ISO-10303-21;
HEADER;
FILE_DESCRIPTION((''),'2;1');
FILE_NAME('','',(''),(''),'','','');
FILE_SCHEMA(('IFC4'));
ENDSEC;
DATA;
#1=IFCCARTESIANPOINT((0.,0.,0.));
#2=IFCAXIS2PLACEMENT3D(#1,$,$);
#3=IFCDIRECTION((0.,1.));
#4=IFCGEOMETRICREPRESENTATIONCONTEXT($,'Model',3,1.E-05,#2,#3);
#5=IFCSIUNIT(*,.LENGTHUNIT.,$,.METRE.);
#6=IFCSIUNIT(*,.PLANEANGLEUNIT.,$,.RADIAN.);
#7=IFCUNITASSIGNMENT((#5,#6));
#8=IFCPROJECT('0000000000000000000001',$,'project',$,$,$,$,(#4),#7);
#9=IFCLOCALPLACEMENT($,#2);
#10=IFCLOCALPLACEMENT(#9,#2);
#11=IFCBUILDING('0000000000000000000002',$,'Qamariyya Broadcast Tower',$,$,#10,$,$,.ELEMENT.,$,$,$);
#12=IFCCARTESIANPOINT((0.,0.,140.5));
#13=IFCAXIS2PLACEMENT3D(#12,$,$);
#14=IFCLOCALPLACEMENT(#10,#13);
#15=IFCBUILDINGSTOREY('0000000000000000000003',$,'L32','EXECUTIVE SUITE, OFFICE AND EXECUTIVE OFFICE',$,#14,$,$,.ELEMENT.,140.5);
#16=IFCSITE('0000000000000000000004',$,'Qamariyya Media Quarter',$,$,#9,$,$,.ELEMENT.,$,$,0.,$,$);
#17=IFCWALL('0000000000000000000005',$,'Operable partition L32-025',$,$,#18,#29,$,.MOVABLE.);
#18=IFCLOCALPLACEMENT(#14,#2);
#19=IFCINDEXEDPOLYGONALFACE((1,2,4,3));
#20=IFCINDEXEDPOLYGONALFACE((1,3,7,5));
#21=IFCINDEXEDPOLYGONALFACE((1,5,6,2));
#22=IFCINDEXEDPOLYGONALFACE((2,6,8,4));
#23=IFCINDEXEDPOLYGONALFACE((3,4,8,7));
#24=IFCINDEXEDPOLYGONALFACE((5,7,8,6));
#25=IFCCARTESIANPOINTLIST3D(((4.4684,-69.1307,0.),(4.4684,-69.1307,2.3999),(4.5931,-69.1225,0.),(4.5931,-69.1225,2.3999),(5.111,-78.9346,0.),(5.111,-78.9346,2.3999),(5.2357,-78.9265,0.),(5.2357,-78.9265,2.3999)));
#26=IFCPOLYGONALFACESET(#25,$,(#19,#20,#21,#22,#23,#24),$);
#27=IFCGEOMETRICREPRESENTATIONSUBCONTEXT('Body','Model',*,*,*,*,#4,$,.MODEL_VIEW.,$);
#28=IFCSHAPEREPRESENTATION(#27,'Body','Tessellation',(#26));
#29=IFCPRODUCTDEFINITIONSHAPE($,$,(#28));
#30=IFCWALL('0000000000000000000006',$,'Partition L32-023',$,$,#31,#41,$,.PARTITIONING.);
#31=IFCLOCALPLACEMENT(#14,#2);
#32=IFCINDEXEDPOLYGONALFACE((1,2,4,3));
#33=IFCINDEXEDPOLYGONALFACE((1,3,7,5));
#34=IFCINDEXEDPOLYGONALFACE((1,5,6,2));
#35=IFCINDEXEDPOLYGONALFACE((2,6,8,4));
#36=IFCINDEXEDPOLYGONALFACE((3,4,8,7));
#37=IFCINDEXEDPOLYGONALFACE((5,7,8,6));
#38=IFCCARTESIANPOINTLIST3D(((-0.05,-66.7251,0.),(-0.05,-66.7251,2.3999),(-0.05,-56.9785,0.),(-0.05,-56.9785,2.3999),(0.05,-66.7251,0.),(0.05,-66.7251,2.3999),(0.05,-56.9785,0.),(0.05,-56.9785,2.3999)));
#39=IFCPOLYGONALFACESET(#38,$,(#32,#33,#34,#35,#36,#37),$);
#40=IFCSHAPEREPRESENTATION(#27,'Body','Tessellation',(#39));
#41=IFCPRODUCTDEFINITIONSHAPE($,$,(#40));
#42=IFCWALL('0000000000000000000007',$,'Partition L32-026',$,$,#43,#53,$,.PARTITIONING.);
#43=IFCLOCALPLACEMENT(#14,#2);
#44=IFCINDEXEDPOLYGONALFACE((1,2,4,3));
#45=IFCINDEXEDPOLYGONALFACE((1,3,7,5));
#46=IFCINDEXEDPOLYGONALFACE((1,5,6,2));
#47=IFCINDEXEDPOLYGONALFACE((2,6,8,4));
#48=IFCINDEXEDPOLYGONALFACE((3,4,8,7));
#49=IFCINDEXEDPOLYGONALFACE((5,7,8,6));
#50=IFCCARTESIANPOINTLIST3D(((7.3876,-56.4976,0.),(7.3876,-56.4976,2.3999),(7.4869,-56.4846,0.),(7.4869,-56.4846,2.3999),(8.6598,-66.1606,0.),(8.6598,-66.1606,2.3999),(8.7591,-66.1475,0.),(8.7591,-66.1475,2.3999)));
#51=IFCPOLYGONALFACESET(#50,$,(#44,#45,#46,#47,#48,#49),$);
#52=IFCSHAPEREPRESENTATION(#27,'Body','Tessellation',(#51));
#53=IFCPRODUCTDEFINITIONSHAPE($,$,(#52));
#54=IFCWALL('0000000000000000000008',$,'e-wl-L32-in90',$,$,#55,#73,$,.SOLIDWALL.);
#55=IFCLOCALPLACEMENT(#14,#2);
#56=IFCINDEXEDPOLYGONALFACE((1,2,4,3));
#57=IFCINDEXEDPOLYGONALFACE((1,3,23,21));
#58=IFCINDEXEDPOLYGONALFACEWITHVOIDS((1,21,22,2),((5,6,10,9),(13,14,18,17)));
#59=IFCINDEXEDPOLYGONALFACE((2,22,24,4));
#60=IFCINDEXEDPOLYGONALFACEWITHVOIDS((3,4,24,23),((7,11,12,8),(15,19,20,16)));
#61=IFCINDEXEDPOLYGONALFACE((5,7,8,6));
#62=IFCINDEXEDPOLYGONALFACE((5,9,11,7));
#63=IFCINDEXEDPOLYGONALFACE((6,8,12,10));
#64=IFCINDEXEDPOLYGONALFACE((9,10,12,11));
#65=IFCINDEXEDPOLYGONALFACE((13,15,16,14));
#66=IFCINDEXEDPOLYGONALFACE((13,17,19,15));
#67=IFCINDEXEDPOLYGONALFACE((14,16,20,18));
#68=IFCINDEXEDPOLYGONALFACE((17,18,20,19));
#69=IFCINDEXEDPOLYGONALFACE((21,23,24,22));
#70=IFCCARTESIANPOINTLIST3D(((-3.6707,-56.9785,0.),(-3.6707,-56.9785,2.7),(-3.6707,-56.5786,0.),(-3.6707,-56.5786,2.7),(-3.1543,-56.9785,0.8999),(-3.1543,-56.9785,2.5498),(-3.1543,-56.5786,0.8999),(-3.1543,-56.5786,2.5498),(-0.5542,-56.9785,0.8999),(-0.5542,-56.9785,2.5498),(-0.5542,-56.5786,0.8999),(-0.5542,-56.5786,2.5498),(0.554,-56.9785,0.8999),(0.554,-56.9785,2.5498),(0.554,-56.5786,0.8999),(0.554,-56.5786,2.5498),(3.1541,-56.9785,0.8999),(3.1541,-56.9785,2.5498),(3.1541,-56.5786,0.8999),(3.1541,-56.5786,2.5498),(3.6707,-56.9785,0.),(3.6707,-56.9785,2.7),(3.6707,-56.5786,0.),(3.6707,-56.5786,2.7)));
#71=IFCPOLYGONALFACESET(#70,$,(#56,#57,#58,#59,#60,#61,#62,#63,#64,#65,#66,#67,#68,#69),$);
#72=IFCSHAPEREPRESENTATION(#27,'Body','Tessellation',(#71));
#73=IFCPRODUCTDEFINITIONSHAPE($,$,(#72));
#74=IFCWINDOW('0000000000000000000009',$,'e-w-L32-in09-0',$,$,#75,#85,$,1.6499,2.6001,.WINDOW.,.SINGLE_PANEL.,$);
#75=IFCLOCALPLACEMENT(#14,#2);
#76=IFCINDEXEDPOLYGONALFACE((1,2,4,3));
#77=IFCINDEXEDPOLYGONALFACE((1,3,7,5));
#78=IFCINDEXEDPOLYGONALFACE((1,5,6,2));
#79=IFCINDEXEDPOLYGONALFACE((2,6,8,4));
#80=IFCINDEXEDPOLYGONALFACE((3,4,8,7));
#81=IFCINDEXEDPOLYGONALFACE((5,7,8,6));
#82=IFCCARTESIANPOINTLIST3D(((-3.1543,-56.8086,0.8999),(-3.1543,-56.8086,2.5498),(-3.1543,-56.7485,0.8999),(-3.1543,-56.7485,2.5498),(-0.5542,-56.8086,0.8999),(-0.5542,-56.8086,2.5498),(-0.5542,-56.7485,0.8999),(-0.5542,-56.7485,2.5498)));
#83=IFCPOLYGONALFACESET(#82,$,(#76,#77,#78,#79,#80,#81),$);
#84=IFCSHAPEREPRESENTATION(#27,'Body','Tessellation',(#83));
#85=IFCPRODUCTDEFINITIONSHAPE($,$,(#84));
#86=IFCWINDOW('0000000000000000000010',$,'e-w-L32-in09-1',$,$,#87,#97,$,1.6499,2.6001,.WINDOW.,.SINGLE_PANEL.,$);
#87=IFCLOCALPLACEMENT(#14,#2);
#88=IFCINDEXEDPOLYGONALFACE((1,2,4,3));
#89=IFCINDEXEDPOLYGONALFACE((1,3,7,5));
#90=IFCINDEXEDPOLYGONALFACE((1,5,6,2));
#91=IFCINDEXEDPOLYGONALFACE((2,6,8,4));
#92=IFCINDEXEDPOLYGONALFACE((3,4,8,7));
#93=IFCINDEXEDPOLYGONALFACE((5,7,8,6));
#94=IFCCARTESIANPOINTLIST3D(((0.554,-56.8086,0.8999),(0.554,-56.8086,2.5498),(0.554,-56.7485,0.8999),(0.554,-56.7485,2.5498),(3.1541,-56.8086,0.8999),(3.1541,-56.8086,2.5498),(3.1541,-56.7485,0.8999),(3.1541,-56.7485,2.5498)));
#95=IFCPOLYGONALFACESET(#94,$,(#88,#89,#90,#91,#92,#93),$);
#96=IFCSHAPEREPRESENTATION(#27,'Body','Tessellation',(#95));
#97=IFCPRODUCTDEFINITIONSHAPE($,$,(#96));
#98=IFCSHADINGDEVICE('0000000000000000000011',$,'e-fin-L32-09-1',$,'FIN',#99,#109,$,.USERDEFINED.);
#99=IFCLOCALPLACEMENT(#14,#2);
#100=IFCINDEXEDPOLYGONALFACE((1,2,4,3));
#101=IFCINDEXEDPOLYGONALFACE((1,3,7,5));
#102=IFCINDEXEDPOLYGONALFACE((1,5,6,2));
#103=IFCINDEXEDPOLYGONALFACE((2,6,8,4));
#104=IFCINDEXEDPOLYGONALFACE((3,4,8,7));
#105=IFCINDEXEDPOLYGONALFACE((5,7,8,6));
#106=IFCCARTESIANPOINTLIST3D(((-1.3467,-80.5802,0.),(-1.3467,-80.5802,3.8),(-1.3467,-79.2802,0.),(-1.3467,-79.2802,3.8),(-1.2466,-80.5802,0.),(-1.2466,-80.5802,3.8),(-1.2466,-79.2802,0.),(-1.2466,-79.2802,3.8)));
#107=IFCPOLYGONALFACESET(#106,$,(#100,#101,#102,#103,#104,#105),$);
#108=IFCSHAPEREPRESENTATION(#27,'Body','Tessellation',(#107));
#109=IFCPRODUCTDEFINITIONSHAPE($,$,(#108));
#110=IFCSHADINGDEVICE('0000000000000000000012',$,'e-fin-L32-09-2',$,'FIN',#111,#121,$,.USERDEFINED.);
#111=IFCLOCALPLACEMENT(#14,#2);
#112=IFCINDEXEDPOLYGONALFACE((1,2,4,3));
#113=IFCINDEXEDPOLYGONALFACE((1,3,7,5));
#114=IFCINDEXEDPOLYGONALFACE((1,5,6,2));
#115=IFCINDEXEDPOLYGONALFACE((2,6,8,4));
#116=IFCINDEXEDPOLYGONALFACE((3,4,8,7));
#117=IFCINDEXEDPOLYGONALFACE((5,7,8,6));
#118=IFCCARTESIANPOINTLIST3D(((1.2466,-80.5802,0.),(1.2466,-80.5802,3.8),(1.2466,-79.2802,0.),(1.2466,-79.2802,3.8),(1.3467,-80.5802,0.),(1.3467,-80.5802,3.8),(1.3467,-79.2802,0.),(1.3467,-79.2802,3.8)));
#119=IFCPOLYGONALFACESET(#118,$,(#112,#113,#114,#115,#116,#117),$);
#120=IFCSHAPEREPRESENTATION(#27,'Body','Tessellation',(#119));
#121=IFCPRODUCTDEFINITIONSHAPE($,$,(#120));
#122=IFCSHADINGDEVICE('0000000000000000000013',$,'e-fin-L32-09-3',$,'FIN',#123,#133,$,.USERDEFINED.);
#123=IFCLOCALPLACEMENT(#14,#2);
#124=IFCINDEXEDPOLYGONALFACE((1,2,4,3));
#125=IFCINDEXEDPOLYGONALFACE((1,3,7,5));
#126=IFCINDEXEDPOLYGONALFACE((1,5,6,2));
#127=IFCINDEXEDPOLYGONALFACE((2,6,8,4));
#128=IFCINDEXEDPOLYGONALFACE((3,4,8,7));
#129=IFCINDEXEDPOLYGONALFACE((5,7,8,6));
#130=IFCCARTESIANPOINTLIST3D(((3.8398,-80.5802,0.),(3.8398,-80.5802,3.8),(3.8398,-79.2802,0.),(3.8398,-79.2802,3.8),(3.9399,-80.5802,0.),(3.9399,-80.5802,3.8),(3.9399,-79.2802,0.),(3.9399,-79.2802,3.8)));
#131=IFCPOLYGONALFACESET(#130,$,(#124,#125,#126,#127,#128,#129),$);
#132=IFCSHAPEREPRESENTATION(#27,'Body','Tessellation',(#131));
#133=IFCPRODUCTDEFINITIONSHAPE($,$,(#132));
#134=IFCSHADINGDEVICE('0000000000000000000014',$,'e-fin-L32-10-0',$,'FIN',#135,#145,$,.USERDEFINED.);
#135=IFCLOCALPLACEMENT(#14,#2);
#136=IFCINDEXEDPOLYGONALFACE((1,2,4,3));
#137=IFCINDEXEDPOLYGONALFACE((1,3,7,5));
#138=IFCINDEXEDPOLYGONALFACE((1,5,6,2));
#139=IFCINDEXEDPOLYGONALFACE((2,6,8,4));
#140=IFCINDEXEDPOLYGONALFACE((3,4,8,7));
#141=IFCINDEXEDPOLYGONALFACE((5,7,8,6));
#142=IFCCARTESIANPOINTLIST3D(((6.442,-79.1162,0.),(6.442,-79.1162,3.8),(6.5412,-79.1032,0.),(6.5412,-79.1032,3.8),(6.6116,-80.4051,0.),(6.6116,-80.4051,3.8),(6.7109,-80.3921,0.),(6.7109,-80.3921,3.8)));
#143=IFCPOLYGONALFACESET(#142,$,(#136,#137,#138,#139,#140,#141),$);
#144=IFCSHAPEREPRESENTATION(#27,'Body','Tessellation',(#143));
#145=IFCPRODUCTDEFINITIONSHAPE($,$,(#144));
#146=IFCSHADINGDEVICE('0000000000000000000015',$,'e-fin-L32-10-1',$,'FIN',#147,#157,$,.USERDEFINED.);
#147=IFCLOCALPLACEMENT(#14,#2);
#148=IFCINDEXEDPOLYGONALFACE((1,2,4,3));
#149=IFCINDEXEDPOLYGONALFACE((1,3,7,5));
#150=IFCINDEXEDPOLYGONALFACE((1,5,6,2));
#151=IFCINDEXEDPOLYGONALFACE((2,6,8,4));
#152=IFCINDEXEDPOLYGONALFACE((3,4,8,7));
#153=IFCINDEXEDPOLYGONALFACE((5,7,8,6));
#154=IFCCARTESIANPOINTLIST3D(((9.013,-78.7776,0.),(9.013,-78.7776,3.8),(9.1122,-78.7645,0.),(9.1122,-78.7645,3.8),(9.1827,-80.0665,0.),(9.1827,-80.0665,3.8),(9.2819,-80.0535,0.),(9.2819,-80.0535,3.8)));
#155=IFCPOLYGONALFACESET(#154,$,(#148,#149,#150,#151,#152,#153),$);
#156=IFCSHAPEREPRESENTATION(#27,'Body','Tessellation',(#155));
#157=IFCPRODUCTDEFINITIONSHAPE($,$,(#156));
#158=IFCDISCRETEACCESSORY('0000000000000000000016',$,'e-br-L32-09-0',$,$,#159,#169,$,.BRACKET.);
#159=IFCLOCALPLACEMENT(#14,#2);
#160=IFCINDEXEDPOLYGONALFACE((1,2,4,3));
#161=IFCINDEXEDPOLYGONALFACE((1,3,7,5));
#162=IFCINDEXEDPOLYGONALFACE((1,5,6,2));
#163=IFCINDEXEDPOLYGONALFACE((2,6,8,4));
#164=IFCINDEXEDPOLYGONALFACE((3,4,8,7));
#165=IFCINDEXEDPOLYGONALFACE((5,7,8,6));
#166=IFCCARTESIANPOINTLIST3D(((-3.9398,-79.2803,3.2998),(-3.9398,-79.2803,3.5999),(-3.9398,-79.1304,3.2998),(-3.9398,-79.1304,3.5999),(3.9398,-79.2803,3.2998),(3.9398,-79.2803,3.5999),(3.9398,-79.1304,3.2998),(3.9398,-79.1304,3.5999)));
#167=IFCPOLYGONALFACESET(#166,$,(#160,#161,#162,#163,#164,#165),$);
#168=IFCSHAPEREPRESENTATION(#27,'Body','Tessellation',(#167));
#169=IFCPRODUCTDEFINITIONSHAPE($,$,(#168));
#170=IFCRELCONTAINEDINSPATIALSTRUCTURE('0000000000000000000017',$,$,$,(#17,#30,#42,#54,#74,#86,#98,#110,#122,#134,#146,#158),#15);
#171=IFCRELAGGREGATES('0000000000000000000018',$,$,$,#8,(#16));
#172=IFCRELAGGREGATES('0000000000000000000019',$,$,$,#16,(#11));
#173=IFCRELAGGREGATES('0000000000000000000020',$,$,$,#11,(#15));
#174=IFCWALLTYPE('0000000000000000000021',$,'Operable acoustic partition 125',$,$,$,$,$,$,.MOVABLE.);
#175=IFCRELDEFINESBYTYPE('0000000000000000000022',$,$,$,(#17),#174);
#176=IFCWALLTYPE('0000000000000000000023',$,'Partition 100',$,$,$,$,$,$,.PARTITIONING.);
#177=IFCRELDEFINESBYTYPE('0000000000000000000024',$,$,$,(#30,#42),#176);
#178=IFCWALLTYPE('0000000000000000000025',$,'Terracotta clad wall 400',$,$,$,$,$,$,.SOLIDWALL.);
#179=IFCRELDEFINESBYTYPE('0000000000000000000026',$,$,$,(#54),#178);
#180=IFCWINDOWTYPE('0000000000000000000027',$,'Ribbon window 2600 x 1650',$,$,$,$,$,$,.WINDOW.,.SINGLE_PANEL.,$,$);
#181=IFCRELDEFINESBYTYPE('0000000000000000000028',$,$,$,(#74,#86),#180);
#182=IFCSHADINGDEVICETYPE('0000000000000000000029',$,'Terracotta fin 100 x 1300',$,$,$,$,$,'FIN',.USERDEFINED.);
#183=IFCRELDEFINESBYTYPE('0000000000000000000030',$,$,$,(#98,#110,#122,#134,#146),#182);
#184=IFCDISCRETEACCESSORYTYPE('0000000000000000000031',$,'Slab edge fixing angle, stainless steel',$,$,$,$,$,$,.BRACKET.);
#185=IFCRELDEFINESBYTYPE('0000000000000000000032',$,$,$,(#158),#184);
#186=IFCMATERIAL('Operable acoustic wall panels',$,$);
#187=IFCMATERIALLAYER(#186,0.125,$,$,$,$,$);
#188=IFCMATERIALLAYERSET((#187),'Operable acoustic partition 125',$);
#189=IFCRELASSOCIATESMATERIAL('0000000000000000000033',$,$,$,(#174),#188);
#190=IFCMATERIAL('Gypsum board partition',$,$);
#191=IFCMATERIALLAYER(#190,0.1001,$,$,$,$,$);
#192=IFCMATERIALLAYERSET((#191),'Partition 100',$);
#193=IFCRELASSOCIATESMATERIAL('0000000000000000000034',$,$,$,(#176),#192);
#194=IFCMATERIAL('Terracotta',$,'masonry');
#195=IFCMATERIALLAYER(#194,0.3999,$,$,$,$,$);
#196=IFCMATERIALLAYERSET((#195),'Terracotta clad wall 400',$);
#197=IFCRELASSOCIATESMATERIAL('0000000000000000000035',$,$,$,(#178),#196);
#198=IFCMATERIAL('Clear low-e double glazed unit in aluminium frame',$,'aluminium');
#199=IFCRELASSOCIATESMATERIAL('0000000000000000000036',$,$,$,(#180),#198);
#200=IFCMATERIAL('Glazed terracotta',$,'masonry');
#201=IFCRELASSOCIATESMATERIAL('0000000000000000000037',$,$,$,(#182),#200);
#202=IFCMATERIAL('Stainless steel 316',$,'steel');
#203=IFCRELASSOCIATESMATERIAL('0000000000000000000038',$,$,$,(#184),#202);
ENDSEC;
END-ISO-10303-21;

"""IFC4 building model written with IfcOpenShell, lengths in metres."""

from ifc_helpers import new_model, si_unit, direction, frame, frame_2d, origin, origin_2d, place, context, subcontext, project, spatial, rectangle, extrude, material, layer, layer_set, material_profile, profile_set, type_object, element, fill, save


model = new_model("IFC4")

# Units and contexts
model_context = context("Model", 3, precision=1e-05, world=origin(), true_north=direction((0.0, 1.0)))
body_context = subcontext(model_context, "Body", "Model", "MODEL_VIEW")
ifc_project = project(units=[si_unit("LENGTHUNIT", "METRE"), si_unit("PLANEANGLEUNIT", "RADIAN")], contexts=[model_context])

# Site, building, storey
site_placement = place(None, origin())
site = spatial("IfcSite", under=ifc_project, at=site_placement, Name="Qamariyya Media Quarter", CompositionType="ELEMENT", RefElevation=0.0)
building_placement = place(site_placement, origin())
building = spatial("IfcBuilding", under=site, at=building_placement, Name="Qamariyya Broadcast Tower", CompositionType="ELEMENT")
storey_placement = place(building_placement, frame((0.0, 0.0, 140.5)))
storey = spatial("IfcBuildingStorey", under=building, at=storey_placement, Name="L32", Description="EXECUTIVE SUITE, OFFICE AND EXECUTIVE OFFICE", CompositionType="ELEMENT", Elevation=140.5)

# Shared definitions
ifc_material_1 = material(Name="Gypsum board partition")

# Walls
ifc_material_2 = material(Name="Operable acoustic wall panels")
ifc_layer_1 = layer(ifc_material_2, 0.125)
ifc_layer_set_1 = layer_set([ifc_layer_1], Name="Operable acoustic partition 125")
wall_type_1 = type_object("IfcWallType", Name="Operable acoustic partition 125", PredefinedType="MOVABLE", material=ifc_layer_set_1)
wall_1_placement = place(storey_placement, frame((5.1733, -78.9307, 0.0), z_axis=(0.0, 0.0, 1.0), x_axis=(-0.065402, 0.997859, 0.0)))
element("IfcWall", 1, at=wall_1_placement, inside=storey, type_object=wall_type_1, Name="Operable partition L32-025", PredefinedType="MOVABLE", context=body_context, shape_type="SweptSolid", body=[
    extrude(rectangle(XDim=9.825, YDim=0.125, at=frame_2d((4.9126, 0.0))), origin(), (0.0, 0.0, 1.0), 2.3999),
])
ifc_layer_2 = layer(ifc_material_1, 0.1001)
ifc_layer_set_2 = layer_set([ifc_layer_2], Name="Partition 100")
wall_type_2 = type_object("IfcWallType", Name="Partition 100", PredefinedType="PARTITIONING", material=ifc_layer_set_2)
wall_2_placement = place(storey_placement, frame((0.0, -56.9785, 0.0), z_axis=(0.0, 0.0, 1.0), x_axis=(0.0, -1.0, 0.0)))
element("IfcWall", 2, at=wall_2_placement, inside=storey, type_object=wall_type_2, Name="Partition L32-023", PredefinedType="PARTITIONING", context=body_context, shape_type="SweptSolid", body=[
    extrude(rectangle(XDim=9.7466, YDim=0.1001, at=frame_2d((4.8733, 0.0))), origin(), (0.0, 0.0, 1.0), 2.3999),
])
wall_3_placement = place(storey_placement, frame((7.4373, -56.4912, 0.0), z_axis=(0.0, 0.0, 1.0), x_axis=(0.130534, -0.991444, 0.0)))
element("IfcWall", 3, at=wall_3_placement, inside=storey, type_object=wall_type_2, Name="Partition L32-026", PredefinedType="PARTITIONING", context=body_context, shape_type="SweptSolid", body=[
    extrude(rectangle(XDim=9.7463, YDim=0.1001, at=frame_2d((4.873, 0.0))), origin(), (0.0, 0.0, 1.0), 2.3999),
])

# Wall, openings, windows
ifc_material_3 = material(Name="Terracotta", Category="masonry")
ifc_layer_3 = layer(ifc_material_3, 0.3999)
ifc_layer_set_3 = layer_set([ifc_layer_3], Name="Terracotta clad wall 400")
wall_type_3 = type_object("IfcWallType", Name="Terracotta clad wall 400", PredefinedType="SOLIDWALL", material=ifc_layer_set_3)
wall_4_placement = place(storey_placement, frame((3.6707, -56.7786, 0.0), z_axis=(0.0, 0.0, 1.0), x_axis=(-1.0, 0.0, 0.0)))
wall_4 = element("IfcWall", 4, at=wall_4_placement, inside=storey, type_object=wall_type_3, Name="e-wl-L32-in90", PredefinedType="SOLIDWALL", context=body_context, shape_type="SweptSolid", body=[
    extrude(rectangle(XDim=7.3413, YDim=0.3999, at=frame_2d((3.6707, 0.0))), origin(), (0.0, 0.0, 1.0), 2.7),
])
opening_1_placement = place(wall_4_placement, frame((4.2249, 0.0, 0.8999)))
opening_1 = element("IfcOpeningElement", 5, at=opening_1_placement, cuts=wall_4, PredefinedType="OPENING", context=body_context, shape_type="SweptSolid", body=[
    extrude(rectangle(XDim=2.6001, YDim=1.6499, at=frame_2d((1.3, 0.825))), frame((0.0, 0.21, 0.0), z_axis=(0.0, -1.0, 0.0), x_axis=(1.0, 0.0, 0.0)), (0.0, 0.0, 1.0), 0.4199),
])
opening_2_placement = place(wall_4_placement, frame((0.5166, 0.0, 0.8999)))
opening_2 = element("IfcOpeningElement", 6, at=opening_2_placement, cuts=wall_4, PredefinedType="OPENING", context=body_context, shape_type="SweptSolid", body=[
    extrude(rectangle(XDim=2.6001, YDim=1.6499, at=frame_2d((1.3, 0.825))), frame((0.0, 0.21, 0.0), z_axis=(0.0, -1.0, 0.0), x_axis=(1.0, 0.0, 0.0)), (0.0, 0.0, 1.0), 0.4199),
])
ifc_material_4 = material(Name="Clear low-e double glazed unit in aluminium frame", Category="aluminium")
window_type = type_object("IfcWindowType", Name="Ribbon window 2600 x 1650", PartitioningType="SINGLE_PANEL", PredefinedType="WINDOW", material=ifc_material_4)
window_1_placement = place(opening_1_placement, origin())
window_1 = element("IfcWindow", 7, at=window_1_placement, inside=storey, type_object=window_type, Name="e-w-L32-in09-0", OverallHeight=1.6499, OverallWidth=2.6001, PartitioningType="SINGLE_PANEL", PredefinedType="WINDOW", context=body_context, shape_type="SweptSolid", body=[
    extrude(rectangle(XDim=2.6001, YDim=1.6499, at=frame_2d((1.3, 0.825))), frame((0.0, 0.03, 0.0), z_axis=(0.0, -1.0, 0.0), x_axis=(1.0, 0.0, 0.0)), (0.0, 0.0, 1.0), 0.0601),
])
fill(opening_1, window_1)
window_2_placement = place(opening_2_placement, origin())
window_2 = element("IfcWindow", 8, at=window_2_placement, inside=storey, type_object=window_type, Name="e-w-L32-in09-1", OverallHeight=1.6499, OverallWidth=2.6001, PartitioningType="SINGLE_PANEL", PredefinedType="WINDOW", context=body_context, shape_type="SweptSolid", body=[
    extrude(rectangle(XDim=2.6001, YDim=1.6499, at=frame_2d((1.3, 0.825))), frame((0.0, 0.03, 0.0), z_axis=(0.0, -1.0, 0.0), x_axis=(1.0, 0.0, 0.0)), (0.0, 0.0, 1.0), 0.0601),
])
fill(opening_2, window_2)

# Shading devices
ifc_material_5 = material(Name="Glazed terracotta", Category="masonry")
ifc_material_profile_1 = material_profile(ifc_material_5, rectangle(XDim=1.3, YDim=0.1001, at=origin_2d()))
ifc_profile_set_1 = profile_set([ifc_material_profile_1], Name="Glazed terracotta")
shading_device_type_1 = type_object("IfcShadingDeviceType", Name="Terracotta fin 100 x 1300", ElementType="FIN", PredefinedType="USERDEFINED", material=ifc_profile_set_1)
for number, where, z_axis, x_axis, name in (
    (9, (-1.2966, -79.9302, 0.0), (0.0, 0.0, 1.0), (0.0, -1.0, 0.0), "e-fin-L32-09-1"),
    (10, (1.2966, -79.9302, 0.0), (0.0, 0.0, 1.0), (0.0, -1.0, 0.0), "e-fin-L32-09-2"),
    (11, (3.8899, -79.9302, 0.0), (0.0, 0.0, 1.0), (0.0, -1.0, 0.0), "e-fin-L32-09-3"),
    (12, (6.5764, -79.7542, 0.0), (0.0, 0.0, 1.0), (0.130526, -0.991445, 0.0), "e-fin-L32-10-0"),
    (13, (9.1475, -79.4155, 0.0), (0.0, 0.0, 1.0), (0.130526, -0.991445, 0.0), "e-fin-L32-10-1"),
):
    element("IfcShadingDevice", number, at=place(storey_placement, frame(where, z_axis=z_axis, x_axis=x_axis)), inside=storey, type_object=shading_device_type_1, Name=name, ObjectType="FIN", PredefinedType="USERDEFINED", context=body_context, shape_type="SweptSolid", body=[
        extrude(rectangle(XDim=1.3, YDim=0.1001, at=origin_2d()), origin(), (0.0, 0.0, 1.0), 3.8),
    ])

# Discrete accessory
ifc_material_6 = material(Name="Stainless steel 316", Category="steel")
discrete_accessory_type = type_object("IfcDiscreteAccessoryType", Name="Slab edge fixing angle, stainless steel", PredefinedType="BRACKET", material=ifc_material_6)
discrete_accessory_placement = place(storey_placement, frame((0.0, -79.2053, 3.2998), z_axis=(0.0, 0.0, 1.0), x_axis=(1.0, 0.0, 0.0)))
element("IfcDiscreteAccessory", 14, at=discrete_accessory_placement, inside=storey, type_object=discrete_accessory_type, Name="e-br-L32-09-0", PredefinedType="BRACKET", context=body_context, shape_type="SweptSolid", body=[
    extrude(rectangle(XDim=7.8796, YDim=0.1499, at=origin_2d()), origin(), (0.0, 0.0, 1.0), 0.3),
])

save(model, "model.ifc")
